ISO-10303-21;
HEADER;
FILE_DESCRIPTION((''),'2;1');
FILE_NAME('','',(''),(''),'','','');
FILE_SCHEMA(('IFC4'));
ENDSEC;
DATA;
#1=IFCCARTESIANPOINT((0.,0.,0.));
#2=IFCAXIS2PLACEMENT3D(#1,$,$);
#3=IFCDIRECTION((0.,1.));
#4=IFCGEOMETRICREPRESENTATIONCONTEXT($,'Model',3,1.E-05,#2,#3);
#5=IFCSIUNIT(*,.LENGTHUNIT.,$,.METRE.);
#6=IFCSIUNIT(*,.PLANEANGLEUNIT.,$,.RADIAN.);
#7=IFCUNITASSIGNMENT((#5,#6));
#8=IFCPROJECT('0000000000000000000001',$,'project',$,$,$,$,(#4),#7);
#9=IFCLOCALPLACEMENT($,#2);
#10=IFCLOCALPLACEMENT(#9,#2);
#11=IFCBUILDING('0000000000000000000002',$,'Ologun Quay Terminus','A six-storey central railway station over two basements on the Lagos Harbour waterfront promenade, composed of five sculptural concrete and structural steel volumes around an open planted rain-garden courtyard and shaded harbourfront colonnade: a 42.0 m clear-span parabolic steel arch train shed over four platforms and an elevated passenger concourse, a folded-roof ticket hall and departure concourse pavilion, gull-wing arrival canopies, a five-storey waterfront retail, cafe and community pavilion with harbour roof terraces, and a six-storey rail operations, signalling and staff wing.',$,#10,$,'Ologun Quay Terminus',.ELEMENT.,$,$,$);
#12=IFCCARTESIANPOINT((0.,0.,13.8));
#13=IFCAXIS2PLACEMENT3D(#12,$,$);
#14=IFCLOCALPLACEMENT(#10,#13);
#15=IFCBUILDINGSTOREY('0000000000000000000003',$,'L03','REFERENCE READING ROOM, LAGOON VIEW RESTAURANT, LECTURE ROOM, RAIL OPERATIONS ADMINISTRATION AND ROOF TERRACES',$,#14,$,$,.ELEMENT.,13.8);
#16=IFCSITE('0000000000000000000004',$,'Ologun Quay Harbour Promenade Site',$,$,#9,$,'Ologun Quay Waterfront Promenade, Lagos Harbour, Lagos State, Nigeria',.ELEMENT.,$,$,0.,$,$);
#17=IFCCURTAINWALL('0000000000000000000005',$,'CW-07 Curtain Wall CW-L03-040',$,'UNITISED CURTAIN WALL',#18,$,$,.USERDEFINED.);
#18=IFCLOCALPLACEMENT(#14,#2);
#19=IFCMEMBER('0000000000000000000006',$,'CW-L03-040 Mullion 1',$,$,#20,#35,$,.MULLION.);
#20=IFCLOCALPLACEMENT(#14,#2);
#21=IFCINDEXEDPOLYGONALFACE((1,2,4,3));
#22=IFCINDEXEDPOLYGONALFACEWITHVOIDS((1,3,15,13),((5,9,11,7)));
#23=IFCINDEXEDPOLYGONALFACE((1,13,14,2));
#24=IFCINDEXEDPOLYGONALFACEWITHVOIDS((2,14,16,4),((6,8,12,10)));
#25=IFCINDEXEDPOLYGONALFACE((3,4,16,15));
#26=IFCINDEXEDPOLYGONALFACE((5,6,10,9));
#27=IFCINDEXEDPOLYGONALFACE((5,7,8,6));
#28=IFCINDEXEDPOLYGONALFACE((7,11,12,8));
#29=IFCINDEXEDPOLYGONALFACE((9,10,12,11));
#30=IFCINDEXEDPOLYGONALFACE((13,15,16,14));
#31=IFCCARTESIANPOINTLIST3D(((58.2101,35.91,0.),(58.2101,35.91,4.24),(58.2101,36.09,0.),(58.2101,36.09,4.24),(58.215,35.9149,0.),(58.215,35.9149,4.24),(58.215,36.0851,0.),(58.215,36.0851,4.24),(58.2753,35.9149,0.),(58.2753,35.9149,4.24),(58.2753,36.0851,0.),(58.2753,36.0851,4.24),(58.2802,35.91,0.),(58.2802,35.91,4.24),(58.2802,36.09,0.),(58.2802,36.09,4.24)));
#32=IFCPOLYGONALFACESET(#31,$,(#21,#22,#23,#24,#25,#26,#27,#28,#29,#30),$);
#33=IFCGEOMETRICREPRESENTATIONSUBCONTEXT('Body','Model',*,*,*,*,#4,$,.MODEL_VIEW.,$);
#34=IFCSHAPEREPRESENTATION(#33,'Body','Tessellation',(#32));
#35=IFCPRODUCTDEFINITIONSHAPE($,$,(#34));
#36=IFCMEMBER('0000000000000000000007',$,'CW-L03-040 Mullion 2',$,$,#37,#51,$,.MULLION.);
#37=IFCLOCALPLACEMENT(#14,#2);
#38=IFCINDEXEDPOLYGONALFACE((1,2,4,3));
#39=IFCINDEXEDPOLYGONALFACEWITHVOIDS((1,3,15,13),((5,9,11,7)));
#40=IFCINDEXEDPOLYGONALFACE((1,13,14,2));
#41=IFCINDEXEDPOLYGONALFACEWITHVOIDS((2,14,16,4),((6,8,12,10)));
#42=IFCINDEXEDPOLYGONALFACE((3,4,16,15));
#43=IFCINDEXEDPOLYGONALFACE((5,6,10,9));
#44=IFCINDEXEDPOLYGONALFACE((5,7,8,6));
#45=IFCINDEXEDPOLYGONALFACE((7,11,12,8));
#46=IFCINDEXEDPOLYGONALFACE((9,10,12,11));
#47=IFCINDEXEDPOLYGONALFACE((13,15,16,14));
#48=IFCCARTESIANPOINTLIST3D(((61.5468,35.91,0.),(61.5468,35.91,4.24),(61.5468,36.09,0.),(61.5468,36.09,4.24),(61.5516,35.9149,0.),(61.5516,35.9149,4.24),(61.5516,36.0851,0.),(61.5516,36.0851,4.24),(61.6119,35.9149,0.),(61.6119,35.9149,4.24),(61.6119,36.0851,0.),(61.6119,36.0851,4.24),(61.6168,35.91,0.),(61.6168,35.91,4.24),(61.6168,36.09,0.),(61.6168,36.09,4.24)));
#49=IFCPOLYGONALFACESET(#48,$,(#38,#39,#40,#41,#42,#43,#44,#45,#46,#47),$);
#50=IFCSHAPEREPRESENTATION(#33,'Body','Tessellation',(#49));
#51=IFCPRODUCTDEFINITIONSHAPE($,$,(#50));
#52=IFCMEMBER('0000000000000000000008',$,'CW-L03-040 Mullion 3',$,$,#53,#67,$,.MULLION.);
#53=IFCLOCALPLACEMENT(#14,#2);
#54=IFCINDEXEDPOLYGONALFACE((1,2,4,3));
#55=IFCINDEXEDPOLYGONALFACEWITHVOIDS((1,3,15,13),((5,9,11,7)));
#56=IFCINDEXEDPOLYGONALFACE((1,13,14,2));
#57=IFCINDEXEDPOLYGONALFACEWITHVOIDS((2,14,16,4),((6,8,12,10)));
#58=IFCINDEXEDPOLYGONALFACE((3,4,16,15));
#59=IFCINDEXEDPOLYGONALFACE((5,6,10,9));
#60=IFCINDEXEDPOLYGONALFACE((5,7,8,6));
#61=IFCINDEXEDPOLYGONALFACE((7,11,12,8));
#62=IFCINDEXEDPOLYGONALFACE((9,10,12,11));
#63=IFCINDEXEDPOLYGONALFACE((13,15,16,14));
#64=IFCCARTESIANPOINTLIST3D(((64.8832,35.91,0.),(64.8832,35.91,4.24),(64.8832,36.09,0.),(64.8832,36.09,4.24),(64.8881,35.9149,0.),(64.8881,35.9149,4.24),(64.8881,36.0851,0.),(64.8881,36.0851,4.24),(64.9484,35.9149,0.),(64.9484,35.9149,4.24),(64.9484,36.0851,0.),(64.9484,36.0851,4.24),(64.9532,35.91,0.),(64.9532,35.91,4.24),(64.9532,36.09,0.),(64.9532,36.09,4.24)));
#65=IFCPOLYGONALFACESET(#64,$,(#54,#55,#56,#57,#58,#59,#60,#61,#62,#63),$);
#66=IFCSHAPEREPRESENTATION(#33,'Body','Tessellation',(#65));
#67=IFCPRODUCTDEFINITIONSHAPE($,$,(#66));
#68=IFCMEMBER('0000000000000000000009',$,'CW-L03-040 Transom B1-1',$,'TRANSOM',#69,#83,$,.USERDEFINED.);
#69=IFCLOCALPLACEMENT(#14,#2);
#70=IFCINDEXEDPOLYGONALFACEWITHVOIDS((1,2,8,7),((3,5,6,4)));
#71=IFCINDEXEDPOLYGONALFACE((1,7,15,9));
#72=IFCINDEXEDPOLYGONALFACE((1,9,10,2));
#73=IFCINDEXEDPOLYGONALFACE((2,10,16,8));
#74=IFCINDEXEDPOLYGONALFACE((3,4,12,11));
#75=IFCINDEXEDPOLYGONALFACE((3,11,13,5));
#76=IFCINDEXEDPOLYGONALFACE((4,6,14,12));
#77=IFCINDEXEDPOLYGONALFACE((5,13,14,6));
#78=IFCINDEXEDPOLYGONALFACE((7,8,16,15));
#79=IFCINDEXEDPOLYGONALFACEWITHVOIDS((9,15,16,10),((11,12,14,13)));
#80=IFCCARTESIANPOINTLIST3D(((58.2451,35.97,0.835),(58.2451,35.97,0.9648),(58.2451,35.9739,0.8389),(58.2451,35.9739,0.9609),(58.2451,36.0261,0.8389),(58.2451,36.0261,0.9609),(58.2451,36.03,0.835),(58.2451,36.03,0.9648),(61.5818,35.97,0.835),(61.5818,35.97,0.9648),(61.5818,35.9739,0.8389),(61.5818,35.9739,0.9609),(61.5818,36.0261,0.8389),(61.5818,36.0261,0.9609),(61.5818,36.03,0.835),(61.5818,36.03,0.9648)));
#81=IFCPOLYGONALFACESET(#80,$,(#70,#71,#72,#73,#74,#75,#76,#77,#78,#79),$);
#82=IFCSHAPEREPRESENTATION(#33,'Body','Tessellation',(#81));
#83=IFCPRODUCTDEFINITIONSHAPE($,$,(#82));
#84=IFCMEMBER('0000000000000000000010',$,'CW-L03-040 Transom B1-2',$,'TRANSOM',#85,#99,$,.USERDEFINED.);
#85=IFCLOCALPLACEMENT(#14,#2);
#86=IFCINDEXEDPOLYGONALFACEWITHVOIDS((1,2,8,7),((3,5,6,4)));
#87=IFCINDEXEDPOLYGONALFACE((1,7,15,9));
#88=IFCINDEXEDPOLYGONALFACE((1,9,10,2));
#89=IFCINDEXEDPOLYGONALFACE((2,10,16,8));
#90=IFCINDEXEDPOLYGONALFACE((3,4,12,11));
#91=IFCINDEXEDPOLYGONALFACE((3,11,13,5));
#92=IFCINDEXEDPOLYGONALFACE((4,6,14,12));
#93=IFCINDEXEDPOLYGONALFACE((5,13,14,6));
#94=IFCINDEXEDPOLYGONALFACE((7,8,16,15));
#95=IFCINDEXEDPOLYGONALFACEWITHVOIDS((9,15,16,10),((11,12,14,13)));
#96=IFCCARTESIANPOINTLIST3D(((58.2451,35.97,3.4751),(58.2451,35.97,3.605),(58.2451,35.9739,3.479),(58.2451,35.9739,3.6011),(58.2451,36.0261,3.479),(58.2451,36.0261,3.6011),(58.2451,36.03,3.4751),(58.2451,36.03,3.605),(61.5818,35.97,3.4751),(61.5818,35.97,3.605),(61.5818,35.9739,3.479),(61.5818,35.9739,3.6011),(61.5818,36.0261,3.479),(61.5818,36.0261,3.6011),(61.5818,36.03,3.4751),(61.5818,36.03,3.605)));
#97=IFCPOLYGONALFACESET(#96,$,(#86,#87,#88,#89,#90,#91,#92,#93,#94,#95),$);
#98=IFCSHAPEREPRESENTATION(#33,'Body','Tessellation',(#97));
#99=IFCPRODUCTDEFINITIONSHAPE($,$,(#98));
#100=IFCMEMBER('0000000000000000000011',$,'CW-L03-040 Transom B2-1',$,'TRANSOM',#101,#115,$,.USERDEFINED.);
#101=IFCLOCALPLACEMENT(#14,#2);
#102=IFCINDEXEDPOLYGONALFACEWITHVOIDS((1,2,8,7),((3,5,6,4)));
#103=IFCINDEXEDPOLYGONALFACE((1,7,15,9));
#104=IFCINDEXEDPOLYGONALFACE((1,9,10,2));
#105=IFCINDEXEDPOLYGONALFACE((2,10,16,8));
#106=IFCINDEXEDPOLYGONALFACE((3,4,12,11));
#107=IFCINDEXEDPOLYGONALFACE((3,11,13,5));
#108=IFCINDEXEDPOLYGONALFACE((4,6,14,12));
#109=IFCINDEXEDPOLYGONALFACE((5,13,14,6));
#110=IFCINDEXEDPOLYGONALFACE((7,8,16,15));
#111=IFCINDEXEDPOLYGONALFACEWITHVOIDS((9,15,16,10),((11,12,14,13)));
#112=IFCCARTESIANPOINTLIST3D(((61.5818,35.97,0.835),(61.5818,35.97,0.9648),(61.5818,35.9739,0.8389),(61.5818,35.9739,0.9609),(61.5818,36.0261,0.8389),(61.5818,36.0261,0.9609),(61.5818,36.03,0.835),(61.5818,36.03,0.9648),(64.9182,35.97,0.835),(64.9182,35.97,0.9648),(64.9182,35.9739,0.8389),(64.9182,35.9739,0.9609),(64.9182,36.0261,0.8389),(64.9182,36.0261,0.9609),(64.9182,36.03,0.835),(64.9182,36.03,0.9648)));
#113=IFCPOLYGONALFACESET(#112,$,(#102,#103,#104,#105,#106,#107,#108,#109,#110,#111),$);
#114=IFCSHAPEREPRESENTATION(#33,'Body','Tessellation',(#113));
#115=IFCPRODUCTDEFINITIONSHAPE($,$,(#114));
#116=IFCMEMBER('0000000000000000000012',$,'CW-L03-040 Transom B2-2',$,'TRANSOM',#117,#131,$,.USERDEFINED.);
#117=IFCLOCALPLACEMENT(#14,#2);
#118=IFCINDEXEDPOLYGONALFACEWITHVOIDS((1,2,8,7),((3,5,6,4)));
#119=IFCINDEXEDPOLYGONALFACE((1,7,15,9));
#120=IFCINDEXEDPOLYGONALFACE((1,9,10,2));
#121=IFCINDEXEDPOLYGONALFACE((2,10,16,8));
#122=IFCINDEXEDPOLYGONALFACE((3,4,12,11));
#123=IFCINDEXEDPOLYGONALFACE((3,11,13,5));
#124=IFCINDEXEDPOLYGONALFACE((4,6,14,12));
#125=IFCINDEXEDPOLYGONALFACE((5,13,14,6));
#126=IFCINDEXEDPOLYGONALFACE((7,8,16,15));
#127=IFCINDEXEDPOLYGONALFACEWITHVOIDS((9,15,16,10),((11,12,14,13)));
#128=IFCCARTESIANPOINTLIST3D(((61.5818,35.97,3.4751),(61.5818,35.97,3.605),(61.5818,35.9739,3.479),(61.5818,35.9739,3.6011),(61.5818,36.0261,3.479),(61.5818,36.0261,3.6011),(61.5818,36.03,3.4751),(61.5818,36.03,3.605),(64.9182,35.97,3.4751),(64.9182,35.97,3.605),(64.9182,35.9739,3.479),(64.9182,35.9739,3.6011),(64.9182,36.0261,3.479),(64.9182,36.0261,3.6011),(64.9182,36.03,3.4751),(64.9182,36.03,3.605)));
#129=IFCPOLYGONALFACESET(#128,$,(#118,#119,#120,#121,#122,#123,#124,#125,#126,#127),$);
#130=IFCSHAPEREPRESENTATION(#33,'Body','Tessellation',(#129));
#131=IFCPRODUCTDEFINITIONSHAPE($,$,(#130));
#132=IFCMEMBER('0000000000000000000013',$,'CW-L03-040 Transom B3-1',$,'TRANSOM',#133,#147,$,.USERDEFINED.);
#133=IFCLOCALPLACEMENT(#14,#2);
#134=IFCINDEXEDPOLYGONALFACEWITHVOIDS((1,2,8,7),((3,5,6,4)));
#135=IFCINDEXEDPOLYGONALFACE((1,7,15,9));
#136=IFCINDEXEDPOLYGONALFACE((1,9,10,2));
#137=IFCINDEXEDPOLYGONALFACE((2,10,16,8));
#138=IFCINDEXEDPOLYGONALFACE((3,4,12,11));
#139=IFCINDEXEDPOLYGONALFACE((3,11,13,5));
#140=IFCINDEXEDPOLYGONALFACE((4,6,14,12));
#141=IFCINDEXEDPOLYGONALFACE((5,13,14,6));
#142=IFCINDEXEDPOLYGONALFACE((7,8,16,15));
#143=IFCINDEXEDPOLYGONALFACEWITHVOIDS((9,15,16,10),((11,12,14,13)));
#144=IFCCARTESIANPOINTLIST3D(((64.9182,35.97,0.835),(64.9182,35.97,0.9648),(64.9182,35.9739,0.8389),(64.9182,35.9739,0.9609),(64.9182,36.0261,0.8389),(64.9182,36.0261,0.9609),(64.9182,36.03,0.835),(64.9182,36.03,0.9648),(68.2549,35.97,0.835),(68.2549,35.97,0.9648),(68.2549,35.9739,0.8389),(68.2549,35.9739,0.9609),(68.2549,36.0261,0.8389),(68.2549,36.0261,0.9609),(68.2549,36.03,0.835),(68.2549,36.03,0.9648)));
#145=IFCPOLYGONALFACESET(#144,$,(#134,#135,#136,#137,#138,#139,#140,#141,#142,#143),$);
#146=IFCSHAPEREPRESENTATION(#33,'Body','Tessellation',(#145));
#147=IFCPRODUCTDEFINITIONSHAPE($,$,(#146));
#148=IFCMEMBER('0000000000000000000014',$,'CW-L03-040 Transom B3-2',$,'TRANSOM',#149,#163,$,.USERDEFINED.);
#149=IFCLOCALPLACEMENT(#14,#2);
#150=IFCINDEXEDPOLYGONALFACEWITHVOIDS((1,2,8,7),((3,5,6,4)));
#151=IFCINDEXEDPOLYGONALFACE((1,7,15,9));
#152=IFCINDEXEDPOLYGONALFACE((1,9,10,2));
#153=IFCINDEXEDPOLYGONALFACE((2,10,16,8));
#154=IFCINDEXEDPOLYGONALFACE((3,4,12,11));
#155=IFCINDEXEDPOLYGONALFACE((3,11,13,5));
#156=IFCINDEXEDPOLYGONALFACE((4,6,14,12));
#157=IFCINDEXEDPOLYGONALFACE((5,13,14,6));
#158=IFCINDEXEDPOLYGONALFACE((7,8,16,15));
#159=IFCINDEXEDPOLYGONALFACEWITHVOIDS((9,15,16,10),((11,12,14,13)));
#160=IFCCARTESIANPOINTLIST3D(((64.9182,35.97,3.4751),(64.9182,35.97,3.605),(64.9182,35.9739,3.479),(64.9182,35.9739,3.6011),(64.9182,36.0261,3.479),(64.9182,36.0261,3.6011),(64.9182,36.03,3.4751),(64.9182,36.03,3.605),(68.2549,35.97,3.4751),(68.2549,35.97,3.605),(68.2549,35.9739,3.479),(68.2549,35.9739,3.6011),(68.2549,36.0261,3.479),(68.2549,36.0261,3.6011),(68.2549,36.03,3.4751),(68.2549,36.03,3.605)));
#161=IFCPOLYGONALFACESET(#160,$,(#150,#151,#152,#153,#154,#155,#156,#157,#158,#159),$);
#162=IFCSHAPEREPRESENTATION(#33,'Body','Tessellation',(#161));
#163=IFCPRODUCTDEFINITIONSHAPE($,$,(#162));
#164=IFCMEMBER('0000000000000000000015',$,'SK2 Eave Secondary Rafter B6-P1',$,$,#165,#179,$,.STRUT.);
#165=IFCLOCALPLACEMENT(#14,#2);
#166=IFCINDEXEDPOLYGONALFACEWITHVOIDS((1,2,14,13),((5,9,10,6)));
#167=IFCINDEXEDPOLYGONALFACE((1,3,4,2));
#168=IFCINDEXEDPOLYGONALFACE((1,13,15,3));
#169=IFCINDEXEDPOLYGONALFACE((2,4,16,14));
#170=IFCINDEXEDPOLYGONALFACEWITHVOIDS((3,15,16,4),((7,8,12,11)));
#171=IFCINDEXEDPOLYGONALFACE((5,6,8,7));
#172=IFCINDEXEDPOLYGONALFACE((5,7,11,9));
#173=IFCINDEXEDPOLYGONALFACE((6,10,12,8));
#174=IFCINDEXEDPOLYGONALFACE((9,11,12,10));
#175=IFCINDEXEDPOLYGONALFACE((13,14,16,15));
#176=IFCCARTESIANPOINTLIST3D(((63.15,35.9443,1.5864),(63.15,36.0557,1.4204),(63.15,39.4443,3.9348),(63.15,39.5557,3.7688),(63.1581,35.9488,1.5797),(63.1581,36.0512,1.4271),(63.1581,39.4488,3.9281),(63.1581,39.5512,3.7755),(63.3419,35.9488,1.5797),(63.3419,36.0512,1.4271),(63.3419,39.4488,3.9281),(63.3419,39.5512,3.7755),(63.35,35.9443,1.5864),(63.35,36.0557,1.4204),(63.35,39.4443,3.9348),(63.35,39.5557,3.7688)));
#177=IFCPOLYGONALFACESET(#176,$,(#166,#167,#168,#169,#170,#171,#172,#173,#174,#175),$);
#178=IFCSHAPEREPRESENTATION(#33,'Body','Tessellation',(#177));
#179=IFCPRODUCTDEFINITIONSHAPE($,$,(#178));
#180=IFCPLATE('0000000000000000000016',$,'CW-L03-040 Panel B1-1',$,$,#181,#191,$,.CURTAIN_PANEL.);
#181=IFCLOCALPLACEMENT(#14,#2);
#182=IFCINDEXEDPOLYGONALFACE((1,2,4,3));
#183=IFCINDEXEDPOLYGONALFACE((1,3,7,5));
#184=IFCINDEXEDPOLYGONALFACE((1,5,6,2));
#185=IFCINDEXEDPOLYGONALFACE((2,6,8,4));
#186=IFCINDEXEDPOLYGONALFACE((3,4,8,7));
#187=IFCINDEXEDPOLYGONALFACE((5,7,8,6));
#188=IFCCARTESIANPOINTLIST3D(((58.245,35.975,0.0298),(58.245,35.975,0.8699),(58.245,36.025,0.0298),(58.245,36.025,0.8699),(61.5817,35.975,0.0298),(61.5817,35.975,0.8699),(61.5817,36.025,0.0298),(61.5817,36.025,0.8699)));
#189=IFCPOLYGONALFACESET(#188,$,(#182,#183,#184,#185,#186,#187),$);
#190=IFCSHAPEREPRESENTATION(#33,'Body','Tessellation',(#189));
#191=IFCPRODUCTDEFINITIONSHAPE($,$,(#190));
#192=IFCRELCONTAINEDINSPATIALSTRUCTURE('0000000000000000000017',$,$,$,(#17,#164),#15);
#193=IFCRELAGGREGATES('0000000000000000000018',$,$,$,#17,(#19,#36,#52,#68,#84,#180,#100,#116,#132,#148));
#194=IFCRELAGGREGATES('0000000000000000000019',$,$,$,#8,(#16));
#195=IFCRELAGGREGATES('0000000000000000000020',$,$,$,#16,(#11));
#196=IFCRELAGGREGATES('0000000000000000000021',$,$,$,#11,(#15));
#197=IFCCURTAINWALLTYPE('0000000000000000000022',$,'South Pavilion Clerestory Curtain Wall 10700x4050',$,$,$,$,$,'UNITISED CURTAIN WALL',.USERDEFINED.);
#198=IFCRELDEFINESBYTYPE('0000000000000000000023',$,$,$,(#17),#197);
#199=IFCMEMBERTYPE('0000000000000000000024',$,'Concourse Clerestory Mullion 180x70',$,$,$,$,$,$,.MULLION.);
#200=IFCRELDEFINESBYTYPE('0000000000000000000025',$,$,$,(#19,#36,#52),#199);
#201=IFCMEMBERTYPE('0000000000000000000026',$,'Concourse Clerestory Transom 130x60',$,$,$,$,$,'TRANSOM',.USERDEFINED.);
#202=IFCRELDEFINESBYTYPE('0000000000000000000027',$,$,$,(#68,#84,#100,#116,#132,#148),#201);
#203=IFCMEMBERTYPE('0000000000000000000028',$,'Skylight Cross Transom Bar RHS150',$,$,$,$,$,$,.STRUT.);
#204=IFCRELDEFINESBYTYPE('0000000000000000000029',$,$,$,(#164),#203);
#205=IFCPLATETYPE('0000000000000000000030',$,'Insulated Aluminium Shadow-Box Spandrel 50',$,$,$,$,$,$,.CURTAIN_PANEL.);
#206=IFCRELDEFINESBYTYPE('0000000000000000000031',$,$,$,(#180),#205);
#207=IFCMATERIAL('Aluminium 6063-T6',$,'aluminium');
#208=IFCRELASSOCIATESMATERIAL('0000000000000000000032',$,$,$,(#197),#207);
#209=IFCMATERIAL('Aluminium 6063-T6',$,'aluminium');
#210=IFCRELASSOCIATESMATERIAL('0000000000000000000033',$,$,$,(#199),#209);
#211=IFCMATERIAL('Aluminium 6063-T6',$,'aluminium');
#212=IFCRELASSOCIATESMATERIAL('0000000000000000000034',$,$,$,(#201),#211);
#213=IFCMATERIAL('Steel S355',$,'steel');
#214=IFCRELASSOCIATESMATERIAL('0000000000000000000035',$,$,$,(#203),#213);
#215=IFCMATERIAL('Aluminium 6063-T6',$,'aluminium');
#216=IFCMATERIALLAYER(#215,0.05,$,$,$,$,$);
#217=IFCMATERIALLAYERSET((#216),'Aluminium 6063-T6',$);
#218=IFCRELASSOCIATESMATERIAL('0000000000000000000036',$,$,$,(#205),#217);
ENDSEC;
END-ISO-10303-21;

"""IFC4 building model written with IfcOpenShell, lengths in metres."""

from ifc_helpers import new_model, si_unit, direction, frame, origin, origin_2d, place, context, subcontext, project, spatial, rectangle, hollow_rectangle, extrude, material, layer, layer_set, material_profile, profile_set, type_object, element, aggregate, save


model = new_model("IFC4")

# Units and contexts
model_context = context("Model", 3, precision=1e-05, world=origin(), true_north=direction((0.0, 1.0)))
body_context = subcontext(model_context, "Body", "Model", "MODEL_VIEW")
ifc_project = project(units=[si_unit("LENGTHUNIT", "METRE"), si_unit("PLANEANGLEUNIT", "RADIAN")], contexts=[model_context])

# Site, building, storey
site_placement = place(None, origin())
site = spatial("IfcSite", under=ifc_project, at=site_placement, Name="Ologun Quay Harbour Promenade Site", LongName="Ologun Quay Waterfront Promenade, Lagos Harbour, Lagos State, Nigeria", CompositionType="ELEMENT", RefElevation=0.0)
building_placement = place(site_placement, origin())
building = spatial("IfcBuilding", under=site, at=building_placement, Name="Ologun Quay Terminus", Description="A six-storey central railway station over two basements on the Lagos Harbour waterfront promenade, composed of five sculptural concrete and structural steel volumes around an open planted rain-garden courtyard and shaded harbourfront colonnade: a 42.0 m clear-span parabolic steel arch train shed over four platforms and an elevated passenger concourse, a folded-roof ticket hall and departure concourse pavilion, gull-wing arrival canopies, a five-storey waterfront retail, cafe and community pavilion with harbour roof terraces, and a six-storey rail operations, signalling and staff wing.", LongName="Ologun Quay Terminus", CompositionType="ELEMENT")
storey_placement = place(building_placement, frame((0.0, 0.0, 13.8)))
storey = spatial("IfcBuildingStorey", under=building, at=storey_placement, Name="L03", Description="REFERENCE READING ROOM, LAGOON VIEW RESTAURANT, LECTURE ROOM, RAIL OPERATIONS ADMINISTRATION AND ROOF TERRACES", CompositionType="ELEMENT", Elevation=13.8)

# Curtain wall, members
ifc_material_1 = material(Name="Aluminium 6063-T6", Category="aluminium")
curtain_wall_type = type_object("IfcCurtainWallType", Name="South Pavilion Clerestory Curtain Wall 10700x4050", ElementType="UNITISED CURTAIN WALL", PredefinedType="USERDEFINED", material=ifc_material_1)
curtain_wall_placement = place(storey_placement, origin())
curtain_wall = element("IfcCurtainWall", 1, at=curtain_wall_placement, inside=storey, type_object=curtain_wall_type, Name="CW-07 Curtain Wall CW-L03-040", ObjectType="UNITISED CURTAIN WALL", PredefinedType="USERDEFINED")
ifc_material_2 = material(Name="Aluminium 6063-T6", Category="aluminium")
ifc_material_profile_1 = material_profile(ifc_material_2, hollow_rectangle(XDim=0.0701, YDim=0.1799, WallThickness=0.0049, at=origin_2d()), Name="ALU 180x70x5")
ifc_profile_set_1 = profile_set([ifc_material_profile_1], Name="Aluminium 6063-T6")
member_type_1 = type_object("IfcMemberType", Name="Concourse Clerestory Mullion 180x70", PredefinedType="MULLION", material=ifc_profile_set_1)
member_1_placement = place(storey_placement, frame((58.2451, 36.0, 0.0), z_axis=(0.0, 0.0, 1.0), x_axis=(1.0, 0.0, 0.0)))
member_1 = element("IfcMember", 2, at=member_1_placement, type_object=member_type_1, Name="CW-L03-040 Mullion 1", PredefinedType="MULLION", context=body_context, shape_type="SweptSolid", body=[
    extrude(hollow_rectangle(XDim=0.0701, YDim=0.1799, WallThickness=0.0049, at=origin_2d()), origin(), (0.0, 0.0, 1.0), 4.24),
])
member_2_placement = place(storey_placement, frame((61.5818, 36.0, 0.0), z_axis=(0.0, 0.0, 1.0), x_axis=(1.0, 0.0, 0.0)))
member_2 = element("IfcMember", 3, at=member_2_placement, type_object=member_type_1, Name="CW-L03-040 Mullion 2", PredefinedType="MULLION", context=body_context, shape_type="SweptSolid", body=[
    extrude(hollow_rectangle(XDim=0.0701, YDim=0.1799, WallThickness=0.0049, at=origin_2d()), origin(), (0.0, 0.0, 1.0), 4.24),
])
member_3_placement = place(storey_placement, frame((64.9182, 36.0, 0.0), z_axis=(0.0, 0.0, 1.0), x_axis=(1.0, 0.0, 0.0)))
member_3 = element("IfcMember", 4, at=member_3_placement, type_object=member_type_1, Name="CW-L03-040 Mullion 3", PredefinedType="MULLION", context=body_context, shape_type="SweptSolid", body=[
    extrude(hollow_rectangle(XDim=0.0701, YDim=0.1799, WallThickness=0.0049, at=origin_2d()), origin(), (0.0, 0.0, 1.0), 4.24),
])
ifc_material_3 = material(Name="Aluminium 6063-T6", Category="aluminium")
ifc_material_profile_2 = material_profile(ifc_material_3, hollow_rectangle(XDim=0.0601, YDim=0.1299, WallThickness=0.0039, at=origin_2d()), Name="ALU 130x60x4")
ifc_profile_set_2 = profile_set([ifc_material_profile_2], Name="Aluminium 6063-T6")
member_type_2 = type_object("IfcMemberType", Name="Concourse Clerestory Transom 130x60", ElementType="TRANSOM", PredefinedType="USERDEFINED", material=ifc_profile_set_2)
member_4_placement = place(storey_placement, frame((58.2451, 36.0, 0.8999), z_axis=(1.0, 0.0, 0.0), x_axis=(0.0, 1.0, 0.0)))
member_4 = element("IfcMember", 5, at=member_4_placement, type_object=member_type_2, Name="CW-L03-040 Transom B1-1", ObjectType="TRANSOM", PredefinedType="USERDEFINED", context=body_context, shape_type="SweptSolid", body=[
    extrude(hollow_rectangle(XDim=0.0601, YDim=0.1299, WallThickness=0.0039, at=origin_2d()), origin(), (0.0, 0.0, 1.0), 3.3367),
])
member_5_placement = place(storey_placement, frame((58.2451, 36.0, 3.54), z_axis=(1.0, 0.0, 0.0), x_axis=(0.0, 1.0, 0.0)))
member_5 = element("IfcMember", 6, at=member_5_placement, type_object=member_type_2, Name="CW-L03-040 Transom B1-2", ObjectType="TRANSOM", PredefinedType="USERDEFINED", context=body_context, shape_type="SweptSolid", body=[
    extrude(hollow_rectangle(XDim=0.0601, YDim=0.1299, WallThickness=0.0039, at=origin_2d()), origin(), (0.0, 0.0, 1.0), 3.3367),
])
member_6_placement = place(storey_placement, frame((61.5818, 36.0, 0.8999), z_axis=(1.0, 0.0, 0.0), x_axis=(0.0, 1.0, 0.0)))
member_6 = element("IfcMember", 7, at=member_6_placement, type_object=member_type_2, Name="CW-L03-040 Transom B2-1", ObjectType="TRANSOM", PredefinedType="USERDEFINED", context=body_context, shape_type="SweptSolid", body=[
    extrude(hollow_rectangle(XDim=0.0601, YDim=0.1299, WallThickness=0.0039, at=origin_2d()), origin(), (0.0, 0.0, 1.0), 3.3364),
])
member_7_placement = place(storey_placement, frame((61.5818, 36.0, 3.54), z_axis=(1.0, 0.0, 0.0), x_axis=(0.0, 1.0, 0.0)))
member_7 = element("IfcMember", 8, at=member_7_placement, type_object=member_type_2, Name="CW-L03-040 Transom B2-2", ObjectType="TRANSOM", PredefinedType="USERDEFINED", context=body_context, shape_type="SweptSolid", body=[
    extrude(hollow_rectangle(XDim=0.0601, YDim=0.1299, WallThickness=0.0039, at=origin_2d()), origin(), (0.0, 0.0, 1.0), 3.3364),
])
member_8_placement = place(storey_placement, frame((64.9182, 36.0, 0.8999), z_axis=(1.0, 0.0, 0.0), x_axis=(0.0, 1.0, 0.0)))
member_8 = element("IfcMember", 9, at=member_8_placement, type_object=member_type_2, Name="CW-L03-040 Transom B3-1", ObjectType="TRANSOM", PredefinedType="USERDEFINED", context=body_context, shape_type="SweptSolid", body=[
    extrude(hollow_rectangle(XDim=0.0601, YDim=0.1299, WallThickness=0.0039, at=origin_2d()), origin(), (0.0, 0.0, 1.0), 3.3367),
])
member_9_placement = place(storey_placement, frame((64.9182, 36.0, 3.54), z_axis=(1.0, 0.0, 0.0), x_axis=(0.0, 1.0, 0.0)))
member_9 = element("IfcMember", 10, at=member_9_placement, type_object=member_type_2, Name="CW-L03-040 Transom B3-2", ObjectType="TRANSOM", PredefinedType="USERDEFINED", context=body_context, shape_type="SweptSolid", body=[
    extrude(hollow_rectangle(XDim=0.0601, YDim=0.1299, WallThickness=0.0039, at=origin_2d()), origin(), (0.0, 0.0, 1.0), 3.3367),
])

# Member
ifc_material_4 = material(Name="Steel S355", Category="steel")
ifc_material_profile_3 = material_profile(ifc_material_4, hollow_rectangle(XDim=0.2, YDim=0.2, WallThickness=0.0081, at=origin_2d()), Name="SHS 200x200x8")
ifc_profile_set_3 = profile_set([ifc_material_profile_3], Name="Steel S355")
member_type_3 = type_object("IfcMemberType", Name="Skylight Cross Transom Bar RHS150", PredefinedType="STRUT", material=ifc_profile_set_3)
member_10_placement = place(storey_placement, frame((63.25, 36.0, 1.5034), z_axis=(0.0, 0.830398, 0.557171), x_axis=(-1.0, 0.0, 0.0)))
element("IfcMember", 11, at=member_10_placement, inside=storey, type_object=member_type_3, Name="SK2 Eave Secondary Rafter B6-P1", PredefinedType="STRUT", context=body_context, shape_type="SweptSolid", body=[
    extrude(hollow_rectangle(XDim=0.2, YDim=0.2, WallThickness=0.0081, at=origin_2d()), origin(), (0.0, 0.0, 1.0), 4.2148),
])

# Plate
ifc_material_5 = material(Name="Aluminium 6063-T6", Category="aluminium")
ifc_layer_1 = layer(ifc_material_5, 0.05)
ifc_layer_set_1 = layer_set([ifc_layer_1], Name="Aluminium 6063-T6")
plate_type_1 = type_object("IfcPlateType", Name="Insulated Aluminium Shadow-Box Spandrel 50", PredefinedType="CURTAIN_PANEL", material=ifc_layer_set_1)
plate_1_placement = place(storey_placement, frame((59.9133, 36.0, 0.0298), z_axis=(0.0, 0.0, 1.0), x_axis=(1.0, 0.0, 0.0)))
plate_1 = element("IfcPlate", 12, at=plate_1_placement, type_object=plate_type_1, Name="CW-L03-040 Panel B1-1", PredefinedType="CURTAIN_PANEL", context=body_context, shape_type="SweptSolid", body=[
    extrude(rectangle(XDim=3.3367, YDim=0.05, at=origin_2d()), origin(), (0.0, 0.0, 1.0), 0.8401),
])
aggregate(curtain_wall, [member_1, member_2, member_3, member_4, member_5, plate_1, member_6, member_7, member_8, member_9])

save(model, "model.ifc")
